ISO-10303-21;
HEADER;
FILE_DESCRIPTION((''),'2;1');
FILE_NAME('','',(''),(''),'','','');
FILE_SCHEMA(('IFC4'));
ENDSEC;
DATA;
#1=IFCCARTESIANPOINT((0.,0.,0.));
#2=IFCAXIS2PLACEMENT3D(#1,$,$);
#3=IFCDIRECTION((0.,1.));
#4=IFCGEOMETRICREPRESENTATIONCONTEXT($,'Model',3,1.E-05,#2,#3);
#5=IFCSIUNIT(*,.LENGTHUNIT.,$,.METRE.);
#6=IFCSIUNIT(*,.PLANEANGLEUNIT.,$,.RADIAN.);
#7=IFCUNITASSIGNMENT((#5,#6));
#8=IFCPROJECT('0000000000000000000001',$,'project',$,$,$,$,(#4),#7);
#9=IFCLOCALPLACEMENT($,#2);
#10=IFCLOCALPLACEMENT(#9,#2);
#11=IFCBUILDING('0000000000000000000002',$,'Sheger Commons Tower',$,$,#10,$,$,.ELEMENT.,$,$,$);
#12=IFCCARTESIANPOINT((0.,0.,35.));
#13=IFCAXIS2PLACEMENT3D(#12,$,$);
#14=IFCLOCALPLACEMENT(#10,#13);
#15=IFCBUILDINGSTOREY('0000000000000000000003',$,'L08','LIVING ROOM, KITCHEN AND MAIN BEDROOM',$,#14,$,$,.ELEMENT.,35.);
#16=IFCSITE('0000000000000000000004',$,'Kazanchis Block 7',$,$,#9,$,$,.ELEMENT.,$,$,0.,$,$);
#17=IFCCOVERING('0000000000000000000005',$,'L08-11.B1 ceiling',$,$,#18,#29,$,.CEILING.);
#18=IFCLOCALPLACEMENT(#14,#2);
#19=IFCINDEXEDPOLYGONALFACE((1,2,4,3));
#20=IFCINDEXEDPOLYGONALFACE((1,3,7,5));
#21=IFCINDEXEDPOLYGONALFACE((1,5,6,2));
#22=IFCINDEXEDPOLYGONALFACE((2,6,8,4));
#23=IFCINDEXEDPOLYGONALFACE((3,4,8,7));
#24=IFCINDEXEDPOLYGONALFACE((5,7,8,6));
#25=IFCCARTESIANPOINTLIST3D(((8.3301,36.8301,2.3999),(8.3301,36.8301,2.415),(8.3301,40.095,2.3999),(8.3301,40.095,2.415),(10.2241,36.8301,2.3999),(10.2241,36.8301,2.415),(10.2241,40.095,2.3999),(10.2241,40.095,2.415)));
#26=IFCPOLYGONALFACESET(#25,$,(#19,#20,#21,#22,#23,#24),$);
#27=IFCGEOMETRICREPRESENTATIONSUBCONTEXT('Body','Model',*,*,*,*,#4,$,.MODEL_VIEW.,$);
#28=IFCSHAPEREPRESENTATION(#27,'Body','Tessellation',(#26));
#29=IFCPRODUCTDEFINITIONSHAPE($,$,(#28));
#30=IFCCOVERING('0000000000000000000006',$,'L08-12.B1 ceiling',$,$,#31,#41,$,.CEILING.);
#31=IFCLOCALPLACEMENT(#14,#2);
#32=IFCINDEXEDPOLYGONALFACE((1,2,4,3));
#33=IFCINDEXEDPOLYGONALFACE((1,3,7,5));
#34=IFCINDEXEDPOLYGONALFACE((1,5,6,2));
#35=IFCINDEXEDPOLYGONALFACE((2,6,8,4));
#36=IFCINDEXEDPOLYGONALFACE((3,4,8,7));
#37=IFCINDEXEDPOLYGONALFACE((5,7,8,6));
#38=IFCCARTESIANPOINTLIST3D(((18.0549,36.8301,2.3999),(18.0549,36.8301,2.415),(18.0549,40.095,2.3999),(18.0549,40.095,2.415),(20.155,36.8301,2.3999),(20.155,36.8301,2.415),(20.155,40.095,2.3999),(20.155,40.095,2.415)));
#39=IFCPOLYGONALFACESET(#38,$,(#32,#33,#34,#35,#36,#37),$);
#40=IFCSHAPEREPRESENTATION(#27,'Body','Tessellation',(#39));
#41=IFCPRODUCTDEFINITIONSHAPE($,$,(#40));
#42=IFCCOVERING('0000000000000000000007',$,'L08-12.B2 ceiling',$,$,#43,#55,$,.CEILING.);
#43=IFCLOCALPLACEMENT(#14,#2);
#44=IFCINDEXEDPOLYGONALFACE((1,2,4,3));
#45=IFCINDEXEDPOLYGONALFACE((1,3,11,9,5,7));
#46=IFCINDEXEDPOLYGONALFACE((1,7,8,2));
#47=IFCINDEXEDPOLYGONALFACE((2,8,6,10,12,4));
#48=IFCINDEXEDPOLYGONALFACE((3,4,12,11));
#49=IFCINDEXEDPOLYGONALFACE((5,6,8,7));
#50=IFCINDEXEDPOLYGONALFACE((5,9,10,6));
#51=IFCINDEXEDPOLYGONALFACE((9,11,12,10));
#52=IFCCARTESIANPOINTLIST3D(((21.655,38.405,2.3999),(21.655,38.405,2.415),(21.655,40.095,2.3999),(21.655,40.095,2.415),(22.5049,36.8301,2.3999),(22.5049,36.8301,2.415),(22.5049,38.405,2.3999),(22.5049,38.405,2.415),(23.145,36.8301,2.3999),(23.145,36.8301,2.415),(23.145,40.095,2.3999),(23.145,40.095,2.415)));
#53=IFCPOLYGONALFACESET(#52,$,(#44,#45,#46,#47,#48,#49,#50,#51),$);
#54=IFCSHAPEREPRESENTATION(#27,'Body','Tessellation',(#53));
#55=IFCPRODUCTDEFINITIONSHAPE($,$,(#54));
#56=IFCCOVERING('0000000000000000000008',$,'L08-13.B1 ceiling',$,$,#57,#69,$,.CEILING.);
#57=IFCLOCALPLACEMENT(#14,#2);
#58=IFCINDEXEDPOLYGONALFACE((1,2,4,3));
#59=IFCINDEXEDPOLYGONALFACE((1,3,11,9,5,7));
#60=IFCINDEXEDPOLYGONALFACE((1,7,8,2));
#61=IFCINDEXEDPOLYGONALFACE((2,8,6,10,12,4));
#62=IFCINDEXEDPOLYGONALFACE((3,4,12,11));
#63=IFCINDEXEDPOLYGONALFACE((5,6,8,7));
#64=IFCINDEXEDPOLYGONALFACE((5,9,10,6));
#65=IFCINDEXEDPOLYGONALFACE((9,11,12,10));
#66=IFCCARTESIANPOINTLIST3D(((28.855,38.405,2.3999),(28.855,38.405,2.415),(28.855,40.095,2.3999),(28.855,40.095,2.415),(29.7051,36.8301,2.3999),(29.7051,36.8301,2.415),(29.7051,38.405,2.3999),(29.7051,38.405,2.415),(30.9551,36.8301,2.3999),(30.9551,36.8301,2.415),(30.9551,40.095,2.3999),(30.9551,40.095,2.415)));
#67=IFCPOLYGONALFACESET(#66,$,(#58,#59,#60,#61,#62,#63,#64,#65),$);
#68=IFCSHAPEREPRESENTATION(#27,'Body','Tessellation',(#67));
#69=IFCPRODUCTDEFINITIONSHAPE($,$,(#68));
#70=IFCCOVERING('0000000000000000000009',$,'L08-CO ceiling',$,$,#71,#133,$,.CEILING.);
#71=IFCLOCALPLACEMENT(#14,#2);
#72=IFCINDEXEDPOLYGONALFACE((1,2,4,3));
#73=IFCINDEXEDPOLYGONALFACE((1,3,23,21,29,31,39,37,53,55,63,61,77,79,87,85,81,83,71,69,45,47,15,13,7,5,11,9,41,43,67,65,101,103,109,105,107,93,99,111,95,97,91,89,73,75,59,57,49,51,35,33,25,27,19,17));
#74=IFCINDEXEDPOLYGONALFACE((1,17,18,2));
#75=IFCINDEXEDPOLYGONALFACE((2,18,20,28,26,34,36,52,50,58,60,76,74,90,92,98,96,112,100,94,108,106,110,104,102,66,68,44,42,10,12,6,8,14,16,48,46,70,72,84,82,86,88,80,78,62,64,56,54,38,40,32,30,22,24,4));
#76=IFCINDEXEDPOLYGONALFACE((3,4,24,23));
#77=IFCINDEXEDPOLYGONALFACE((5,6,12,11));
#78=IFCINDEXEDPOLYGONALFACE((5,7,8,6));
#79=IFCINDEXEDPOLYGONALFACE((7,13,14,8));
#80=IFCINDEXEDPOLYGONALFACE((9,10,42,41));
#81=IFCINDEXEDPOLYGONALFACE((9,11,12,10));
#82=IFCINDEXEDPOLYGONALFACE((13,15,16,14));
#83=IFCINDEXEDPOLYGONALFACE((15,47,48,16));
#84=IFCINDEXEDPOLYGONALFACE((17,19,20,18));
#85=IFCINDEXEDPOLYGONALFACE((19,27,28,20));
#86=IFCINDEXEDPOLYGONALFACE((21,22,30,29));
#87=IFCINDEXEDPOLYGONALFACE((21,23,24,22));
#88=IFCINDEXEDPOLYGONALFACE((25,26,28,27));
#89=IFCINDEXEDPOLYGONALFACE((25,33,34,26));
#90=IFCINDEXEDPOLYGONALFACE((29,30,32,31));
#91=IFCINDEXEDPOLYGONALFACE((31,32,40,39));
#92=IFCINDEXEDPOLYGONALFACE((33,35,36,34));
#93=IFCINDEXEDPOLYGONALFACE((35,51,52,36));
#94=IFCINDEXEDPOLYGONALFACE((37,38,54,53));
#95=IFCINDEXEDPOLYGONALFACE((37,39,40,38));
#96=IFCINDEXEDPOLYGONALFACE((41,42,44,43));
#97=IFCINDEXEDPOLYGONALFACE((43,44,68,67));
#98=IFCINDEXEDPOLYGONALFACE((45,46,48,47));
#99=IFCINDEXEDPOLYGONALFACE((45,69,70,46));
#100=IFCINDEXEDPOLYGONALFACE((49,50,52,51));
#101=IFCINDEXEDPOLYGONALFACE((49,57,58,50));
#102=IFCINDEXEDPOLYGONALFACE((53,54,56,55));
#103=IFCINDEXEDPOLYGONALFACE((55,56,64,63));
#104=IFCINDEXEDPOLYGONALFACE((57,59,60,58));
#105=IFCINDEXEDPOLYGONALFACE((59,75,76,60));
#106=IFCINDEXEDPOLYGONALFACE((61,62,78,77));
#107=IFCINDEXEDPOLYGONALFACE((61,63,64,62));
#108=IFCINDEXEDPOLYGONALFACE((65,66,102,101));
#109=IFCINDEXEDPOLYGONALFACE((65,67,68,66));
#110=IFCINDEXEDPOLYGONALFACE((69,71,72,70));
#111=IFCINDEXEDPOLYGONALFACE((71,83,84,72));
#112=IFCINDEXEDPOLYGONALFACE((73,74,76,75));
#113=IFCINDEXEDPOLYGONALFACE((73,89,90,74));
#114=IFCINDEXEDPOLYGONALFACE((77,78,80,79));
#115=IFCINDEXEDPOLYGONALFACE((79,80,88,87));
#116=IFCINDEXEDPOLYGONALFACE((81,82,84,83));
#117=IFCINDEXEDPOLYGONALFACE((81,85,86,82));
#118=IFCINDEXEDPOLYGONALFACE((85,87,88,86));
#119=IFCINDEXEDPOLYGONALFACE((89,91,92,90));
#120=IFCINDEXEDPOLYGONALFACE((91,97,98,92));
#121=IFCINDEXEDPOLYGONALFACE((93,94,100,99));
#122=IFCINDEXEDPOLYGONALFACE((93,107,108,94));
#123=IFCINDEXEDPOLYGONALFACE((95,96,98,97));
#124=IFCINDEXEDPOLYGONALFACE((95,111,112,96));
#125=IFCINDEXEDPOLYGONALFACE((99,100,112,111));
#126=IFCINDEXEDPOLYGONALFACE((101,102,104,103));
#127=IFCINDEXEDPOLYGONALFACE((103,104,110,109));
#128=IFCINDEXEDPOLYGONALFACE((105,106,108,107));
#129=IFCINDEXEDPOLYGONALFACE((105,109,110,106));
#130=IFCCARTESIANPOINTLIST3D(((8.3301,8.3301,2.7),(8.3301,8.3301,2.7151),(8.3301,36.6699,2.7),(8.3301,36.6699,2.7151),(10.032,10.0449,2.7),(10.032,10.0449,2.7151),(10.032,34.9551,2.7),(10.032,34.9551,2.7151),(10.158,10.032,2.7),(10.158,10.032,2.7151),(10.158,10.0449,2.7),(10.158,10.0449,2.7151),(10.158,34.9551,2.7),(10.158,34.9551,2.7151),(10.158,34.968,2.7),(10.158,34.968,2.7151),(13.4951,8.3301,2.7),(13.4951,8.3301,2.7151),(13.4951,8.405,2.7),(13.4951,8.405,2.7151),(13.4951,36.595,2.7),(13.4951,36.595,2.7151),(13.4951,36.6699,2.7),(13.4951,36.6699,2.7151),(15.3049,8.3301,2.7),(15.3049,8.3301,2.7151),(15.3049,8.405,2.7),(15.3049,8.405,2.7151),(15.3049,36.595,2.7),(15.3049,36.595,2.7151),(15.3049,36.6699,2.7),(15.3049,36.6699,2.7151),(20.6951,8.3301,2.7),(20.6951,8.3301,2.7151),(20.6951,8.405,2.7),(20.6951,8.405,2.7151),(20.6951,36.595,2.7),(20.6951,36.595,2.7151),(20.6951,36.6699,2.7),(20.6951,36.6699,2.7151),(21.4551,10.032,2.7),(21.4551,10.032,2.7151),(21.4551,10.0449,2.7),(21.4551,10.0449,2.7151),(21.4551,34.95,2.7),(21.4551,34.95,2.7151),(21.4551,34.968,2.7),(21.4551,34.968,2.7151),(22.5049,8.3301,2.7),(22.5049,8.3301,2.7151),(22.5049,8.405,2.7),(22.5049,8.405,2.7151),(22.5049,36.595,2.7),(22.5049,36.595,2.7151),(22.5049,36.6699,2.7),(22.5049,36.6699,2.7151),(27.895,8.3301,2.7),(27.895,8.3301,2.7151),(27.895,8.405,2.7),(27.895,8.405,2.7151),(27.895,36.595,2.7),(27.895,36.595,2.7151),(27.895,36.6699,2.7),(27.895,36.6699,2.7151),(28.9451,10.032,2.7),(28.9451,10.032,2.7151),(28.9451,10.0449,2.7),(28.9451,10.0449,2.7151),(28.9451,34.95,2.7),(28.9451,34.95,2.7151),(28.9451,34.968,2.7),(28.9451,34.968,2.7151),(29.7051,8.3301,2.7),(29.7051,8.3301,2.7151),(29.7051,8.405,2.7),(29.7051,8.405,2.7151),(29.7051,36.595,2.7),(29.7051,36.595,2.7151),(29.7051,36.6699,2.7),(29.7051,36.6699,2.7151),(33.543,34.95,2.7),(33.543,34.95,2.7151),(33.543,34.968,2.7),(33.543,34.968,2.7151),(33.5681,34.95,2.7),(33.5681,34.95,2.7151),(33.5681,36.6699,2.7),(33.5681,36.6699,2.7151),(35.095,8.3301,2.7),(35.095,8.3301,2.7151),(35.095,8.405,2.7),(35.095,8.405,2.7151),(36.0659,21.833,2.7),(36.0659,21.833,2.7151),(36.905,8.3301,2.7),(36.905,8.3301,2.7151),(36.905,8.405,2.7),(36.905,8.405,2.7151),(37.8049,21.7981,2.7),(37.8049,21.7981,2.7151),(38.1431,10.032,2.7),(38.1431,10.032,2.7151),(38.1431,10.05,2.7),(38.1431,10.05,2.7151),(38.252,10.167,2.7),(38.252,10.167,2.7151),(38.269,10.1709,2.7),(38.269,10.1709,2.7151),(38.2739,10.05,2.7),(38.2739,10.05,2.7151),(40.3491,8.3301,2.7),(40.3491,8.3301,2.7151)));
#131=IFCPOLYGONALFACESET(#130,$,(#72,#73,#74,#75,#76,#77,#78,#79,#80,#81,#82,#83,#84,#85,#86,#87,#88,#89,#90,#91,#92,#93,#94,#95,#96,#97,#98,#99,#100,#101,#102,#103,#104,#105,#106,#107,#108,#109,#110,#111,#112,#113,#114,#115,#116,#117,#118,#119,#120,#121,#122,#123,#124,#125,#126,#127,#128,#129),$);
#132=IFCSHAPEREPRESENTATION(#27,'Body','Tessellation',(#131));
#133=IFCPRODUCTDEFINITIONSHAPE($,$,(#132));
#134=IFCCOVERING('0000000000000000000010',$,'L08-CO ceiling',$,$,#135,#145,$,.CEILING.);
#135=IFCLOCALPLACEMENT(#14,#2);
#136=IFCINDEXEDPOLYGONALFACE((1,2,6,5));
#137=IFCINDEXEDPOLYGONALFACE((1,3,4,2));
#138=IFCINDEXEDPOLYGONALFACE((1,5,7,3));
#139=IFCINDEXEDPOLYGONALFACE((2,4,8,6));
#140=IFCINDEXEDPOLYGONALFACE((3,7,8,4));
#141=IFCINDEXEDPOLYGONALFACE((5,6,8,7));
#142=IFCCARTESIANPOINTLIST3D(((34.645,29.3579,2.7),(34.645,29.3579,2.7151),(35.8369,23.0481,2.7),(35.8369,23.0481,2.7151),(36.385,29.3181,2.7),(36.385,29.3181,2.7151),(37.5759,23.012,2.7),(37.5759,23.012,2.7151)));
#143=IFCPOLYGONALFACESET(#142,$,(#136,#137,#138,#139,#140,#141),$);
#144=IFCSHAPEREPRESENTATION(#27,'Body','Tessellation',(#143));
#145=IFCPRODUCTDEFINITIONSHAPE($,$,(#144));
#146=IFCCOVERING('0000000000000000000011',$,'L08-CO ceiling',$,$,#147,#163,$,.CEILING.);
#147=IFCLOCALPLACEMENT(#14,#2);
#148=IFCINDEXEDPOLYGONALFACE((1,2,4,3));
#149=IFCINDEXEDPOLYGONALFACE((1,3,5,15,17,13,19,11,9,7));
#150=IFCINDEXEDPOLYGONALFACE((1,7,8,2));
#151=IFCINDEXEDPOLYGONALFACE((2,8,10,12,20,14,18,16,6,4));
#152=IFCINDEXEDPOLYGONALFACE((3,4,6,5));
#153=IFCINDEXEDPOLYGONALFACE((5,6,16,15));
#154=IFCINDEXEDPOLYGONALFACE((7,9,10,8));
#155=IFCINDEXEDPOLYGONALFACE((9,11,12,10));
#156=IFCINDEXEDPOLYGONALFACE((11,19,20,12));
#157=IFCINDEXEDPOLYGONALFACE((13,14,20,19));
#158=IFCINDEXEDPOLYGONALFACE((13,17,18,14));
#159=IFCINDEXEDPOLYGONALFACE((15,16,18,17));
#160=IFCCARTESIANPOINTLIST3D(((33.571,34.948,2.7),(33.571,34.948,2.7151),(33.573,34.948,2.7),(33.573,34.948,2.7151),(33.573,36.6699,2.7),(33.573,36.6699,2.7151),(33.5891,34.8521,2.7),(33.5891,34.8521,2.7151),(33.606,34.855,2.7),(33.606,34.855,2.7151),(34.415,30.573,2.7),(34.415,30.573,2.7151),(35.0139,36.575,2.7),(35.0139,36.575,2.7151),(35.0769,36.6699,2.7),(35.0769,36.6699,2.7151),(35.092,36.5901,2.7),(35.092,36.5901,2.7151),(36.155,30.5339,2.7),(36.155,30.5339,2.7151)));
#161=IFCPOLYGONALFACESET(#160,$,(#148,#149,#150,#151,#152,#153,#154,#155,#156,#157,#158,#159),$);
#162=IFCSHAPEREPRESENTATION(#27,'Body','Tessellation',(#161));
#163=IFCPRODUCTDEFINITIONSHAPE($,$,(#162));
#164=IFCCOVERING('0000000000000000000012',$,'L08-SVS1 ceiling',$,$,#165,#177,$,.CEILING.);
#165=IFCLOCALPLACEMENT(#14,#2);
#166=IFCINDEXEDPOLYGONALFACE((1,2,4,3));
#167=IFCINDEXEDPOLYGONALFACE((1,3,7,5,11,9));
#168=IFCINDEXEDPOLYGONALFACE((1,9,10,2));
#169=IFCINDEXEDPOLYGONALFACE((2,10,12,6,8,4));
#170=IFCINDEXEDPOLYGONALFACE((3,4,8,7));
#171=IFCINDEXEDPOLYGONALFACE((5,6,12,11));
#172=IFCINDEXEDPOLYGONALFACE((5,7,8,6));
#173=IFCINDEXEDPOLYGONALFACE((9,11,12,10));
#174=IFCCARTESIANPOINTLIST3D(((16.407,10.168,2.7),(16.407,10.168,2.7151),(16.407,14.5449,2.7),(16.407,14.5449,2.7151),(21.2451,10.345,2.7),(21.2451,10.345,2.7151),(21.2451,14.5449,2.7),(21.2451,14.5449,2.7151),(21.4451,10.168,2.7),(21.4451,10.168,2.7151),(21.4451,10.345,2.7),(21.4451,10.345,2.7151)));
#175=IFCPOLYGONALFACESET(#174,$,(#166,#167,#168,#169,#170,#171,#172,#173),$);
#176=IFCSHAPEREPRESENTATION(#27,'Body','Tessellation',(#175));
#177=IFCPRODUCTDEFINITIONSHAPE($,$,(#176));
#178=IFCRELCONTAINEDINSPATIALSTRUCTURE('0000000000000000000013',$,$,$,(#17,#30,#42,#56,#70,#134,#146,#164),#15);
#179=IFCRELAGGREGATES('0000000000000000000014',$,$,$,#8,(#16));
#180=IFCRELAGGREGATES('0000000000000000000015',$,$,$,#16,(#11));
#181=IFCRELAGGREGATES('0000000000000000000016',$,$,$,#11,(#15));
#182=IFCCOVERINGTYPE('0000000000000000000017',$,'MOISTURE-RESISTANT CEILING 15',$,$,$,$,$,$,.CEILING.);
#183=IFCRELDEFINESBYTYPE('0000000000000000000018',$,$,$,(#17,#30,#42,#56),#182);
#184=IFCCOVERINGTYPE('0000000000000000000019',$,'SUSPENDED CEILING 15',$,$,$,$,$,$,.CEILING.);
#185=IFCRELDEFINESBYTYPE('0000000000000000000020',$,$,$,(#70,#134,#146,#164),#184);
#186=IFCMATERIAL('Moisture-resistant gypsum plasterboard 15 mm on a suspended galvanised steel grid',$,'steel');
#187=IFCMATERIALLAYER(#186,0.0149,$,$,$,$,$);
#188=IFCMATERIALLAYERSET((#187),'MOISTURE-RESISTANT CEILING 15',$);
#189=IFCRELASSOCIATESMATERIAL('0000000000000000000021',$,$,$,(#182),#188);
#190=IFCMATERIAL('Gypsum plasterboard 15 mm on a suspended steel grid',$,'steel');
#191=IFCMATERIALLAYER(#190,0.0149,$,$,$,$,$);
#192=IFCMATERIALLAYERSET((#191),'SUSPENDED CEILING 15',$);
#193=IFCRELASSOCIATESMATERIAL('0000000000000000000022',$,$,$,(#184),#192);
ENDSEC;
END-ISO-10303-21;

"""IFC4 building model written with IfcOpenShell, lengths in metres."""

from ifc_helpers import new_model, si_unit, direction, frame, origin, place, context, subcontext, project, spatial, polyline, outline, extrude, material, layer, layer_set, type_object, element, save


model = new_model("IFC4")

# Units and contexts
model_context = context("Model", 3, precision=1e-05, world=origin(), true_north=direction((0.0, 1.0)))
body_context = subcontext(model_context, "Body", "Model", "MODEL_VIEW")
ifc_project = project(units=[si_unit("LENGTHUNIT", "METRE"), si_unit("PLANEANGLEUNIT", "RADIAN")], contexts=[model_context])

# Site, building, storey
site_placement = place(None, origin())
site = spatial("IfcSite", under=ifc_project, at=site_placement, Name="Kazanchis Block 7", CompositionType="ELEMENT", RefElevation=0.0)
building_placement = place(site_placement, origin())
building = spatial("IfcBuilding", under=site, at=building_placement, Name="Sheger Commons Tower", CompositionType="ELEMENT")
storey_placement = place(building_placement, frame((0.0, 0.0, 35.0)))
storey = spatial("IfcBuildingStorey", under=building, at=storey_placement, Name="L08", Description="LIVING ROOM, KITCHEN AND MAIN BEDROOM", CompositionType="ELEMENT", Elevation=35.0)

# Coverings
ifc_material_1 = material(Name="Moisture-resistant gypsum plasterboard 15 mm on a suspended galvanised steel grid", Category="steel")
ifc_layer_1 = layer(ifc_material_1, 0.0149)
ifc_layer_set_1 = layer_set([ifc_layer_1], Name="MOISTURE-RESISTANT CEILING 15")
covering_type_1 = type_object("IfcCoveringType", Name="MOISTURE-RESISTANT CEILING 15", PredefinedType="CEILING", material=ifc_layer_set_1)
covering_1_placement = place(storey_placement, frame((0.0, 0.0, 2.3999)))
element("IfcCovering", 1, at=covering_1_placement, inside=storey, type_object=covering_type_1, Name="L08-11.B1 ceiling", PredefinedType="CEILING", context=body_context, shape_type="SweptSolid", body=[
    extrude(outline(polyline([(8.3301, 36.8301), (10.2241, 36.8301), (10.2241, 40.095), (8.3301, 40.095), (8.3301, 36.8301)])), origin(), (0.0, 0.0, 1.0), 0.0151),
])
covering_2_placement = place(storey_placement, frame((0.0, 0.0, 2.3999)))
element("IfcCovering", 2, at=covering_2_placement, inside=storey, type_object=covering_type_1, Name="L08-12.B1 ceiling", PredefinedType="CEILING", context=body_context, shape_type="SweptSolid", body=[
    extrude(outline(polyline([(18.0549, 36.8301), (20.155, 36.8301), (20.155, 40.095), (18.0549, 40.095), (18.0549, 36.8301)])), origin(), (0.0, 0.0, 1.0), 0.0151),
])
covering_3_placement = place(storey_placement, frame((0.0, 0.0, 2.3999)))
element("IfcCovering", 3, at=covering_3_placement, inside=storey, type_object=covering_type_1, Name="L08-12.B2 ceiling", PredefinedType="CEILING", context=body_context, shape_type="SweptSolid", body=[
    extrude(outline(polyline([(22.5049, 36.8301), (23.145, 36.8301), (23.145, 40.095), (21.655, 40.095), (21.655, 38.405), (22.5049, 38.405), (22.5049, 36.8301)])), origin(), (0.0, 0.0, 1.0), 0.0151),
])
covering_4_placement = place(storey_placement, frame((0.0, 0.0, 2.3999)))
element("IfcCovering", 4, at=covering_4_placement, inside=storey, type_object=covering_type_1, Name="L08-13.B1 ceiling", PredefinedType="CEILING", context=body_context, shape_type="SweptSolid", body=[
    extrude(outline(polyline([(29.7051, 36.8301), (30.9551, 36.8301), (30.9551, 40.095), (28.855, 40.095), (28.855, 38.405), (29.7051, 38.405), (29.7051, 36.8301)])), origin(), (0.0, 0.0, 1.0), 0.0151),
])
ifc_material_2 = material(Name="Gypsum plasterboard 15 mm on a suspended steel grid", Category="steel")
ifc_layer_2 = layer(ifc_material_2, 0.0149)
ifc_layer_set_2 = layer_set([ifc_layer_2], Name="SUSPENDED CEILING 15")
covering_type_2 = type_object("IfcCoveringType", Name="SUSPENDED CEILING 15", PredefinedType="CEILING", material=ifc_layer_set_2)
covering_5_placement = place(storey_placement, frame((0.0, 0.0, 2.7)))
element("IfcCovering", 5, at=covering_5_placement, inside=storey, type_object=covering_type_2, Name="L08-CO ceiling", PredefinedType="CEILING", context=body_context, shape_type="SweptSolid", body=[
    extrude(outline(polyline([(8.3301, 8.3301), (13.4951, 8.3301), (13.4951, 8.405), (15.3049, 8.405), (15.3049, 8.3301), (20.6951, 8.3301), (20.6951, 8.405), (22.5049, 8.405), (22.5049, 8.3301), (27.895, 8.3301), (27.895, 8.405), (29.7051, 8.405), (29.7051, 8.3301), (35.095, 8.3301), (35.095, 8.405), (36.905, 8.405), (36.905, 8.3301), (40.3491, 8.3301), (37.8049, 21.7981), (36.0659, 21.833), (38.269, 10.1709), (38.252, 10.167), (38.2739, 10.05), (38.1431, 10.05), (38.1431, 10.032), (28.9451, 10.032), (28.9451, 10.0449), (21.4551, 10.0449), (21.4551, 10.032), (10.158, 10.032), (10.158, 10.0449), (10.032, 10.0449), (10.032, 34.9551), (10.158, 34.9551), (10.158, 34.968), (21.4551, 34.968), (21.4551, 34.95), (28.9451, 34.95), (28.9451, 34.968), (33.543, 34.968), (33.543, 34.95), (33.5681, 34.95), (33.5681, 36.6699), (29.7051, 36.6699), (29.7051, 36.595), (27.895, 36.595), (27.895, 36.6699), (22.5049, 36.6699), (22.5049, 36.595), (20.6951, 36.595), (20.6951, 36.6699), (15.3049, 36.6699), (15.3049, 36.595), (13.4951, 36.595), (13.4951, 36.6699), (8.3301, 36.6699), (8.3301, 8.3301)])), origin(), (0.0, 0.0, 1.0), 0.0151),
])
covering_6_placement = place(storey_placement, frame((0.0, 0.0, 2.7)))
element("IfcCovering", 6, at=covering_6_placement, inside=storey, type_object=covering_type_2, Name="L08-CO ceiling", PredefinedType="CEILING", context=body_context, shape_type="SweptSolid", body=[
    extrude(outline(polyline([(37.5759, 23.012), (36.385, 29.3181), (34.645, 29.3579), (35.8369, 23.0481), (37.5759, 23.012)])), origin(), (0.0, 0.0, 1.0), 0.0151),
])
covering_7_placement = place(storey_placement, frame((0.0, 0.0, 2.7)))
element("IfcCovering", 7, at=covering_7_placement, inside=storey, type_object=covering_type_2, Name="L08-CO ceiling", PredefinedType="CEILING", context=body_context, shape_type="SweptSolid", body=[
    extrude(outline(polyline([(36.155, 30.5339), (35.0139, 36.575), (35.092, 36.5901), (35.0769, 36.6699), (33.573, 36.6699), (33.573, 34.948), (33.571, 34.948), (33.5891, 34.8521), (33.606, 34.855), (34.415, 30.573), (36.155, 30.5339)])), origin(), (0.0, 0.0, 1.0), 0.0151),
])
covering_8_placement = place(storey_placement, frame((0.0, 0.0, 2.7)))
element("IfcCovering", 8, at=covering_8_placement, inside=storey, type_object=covering_type_2, Name="L08-SVS1 ceiling", PredefinedType="CEILING", context=body_context, shape_type="SweptSolid", body=[
    extrude(outline(polyline([(16.407, 10.168), (21.4451, 10.168), (21.4451, 10.345), (21.2451, 10.345), (21.2451, 14.5449), (16.407, 14.5449), (16.407, 10.168)])), origin(), (0.0, 0.0, 1.0), 0.0151),
])

save(model, "model.ifc")
